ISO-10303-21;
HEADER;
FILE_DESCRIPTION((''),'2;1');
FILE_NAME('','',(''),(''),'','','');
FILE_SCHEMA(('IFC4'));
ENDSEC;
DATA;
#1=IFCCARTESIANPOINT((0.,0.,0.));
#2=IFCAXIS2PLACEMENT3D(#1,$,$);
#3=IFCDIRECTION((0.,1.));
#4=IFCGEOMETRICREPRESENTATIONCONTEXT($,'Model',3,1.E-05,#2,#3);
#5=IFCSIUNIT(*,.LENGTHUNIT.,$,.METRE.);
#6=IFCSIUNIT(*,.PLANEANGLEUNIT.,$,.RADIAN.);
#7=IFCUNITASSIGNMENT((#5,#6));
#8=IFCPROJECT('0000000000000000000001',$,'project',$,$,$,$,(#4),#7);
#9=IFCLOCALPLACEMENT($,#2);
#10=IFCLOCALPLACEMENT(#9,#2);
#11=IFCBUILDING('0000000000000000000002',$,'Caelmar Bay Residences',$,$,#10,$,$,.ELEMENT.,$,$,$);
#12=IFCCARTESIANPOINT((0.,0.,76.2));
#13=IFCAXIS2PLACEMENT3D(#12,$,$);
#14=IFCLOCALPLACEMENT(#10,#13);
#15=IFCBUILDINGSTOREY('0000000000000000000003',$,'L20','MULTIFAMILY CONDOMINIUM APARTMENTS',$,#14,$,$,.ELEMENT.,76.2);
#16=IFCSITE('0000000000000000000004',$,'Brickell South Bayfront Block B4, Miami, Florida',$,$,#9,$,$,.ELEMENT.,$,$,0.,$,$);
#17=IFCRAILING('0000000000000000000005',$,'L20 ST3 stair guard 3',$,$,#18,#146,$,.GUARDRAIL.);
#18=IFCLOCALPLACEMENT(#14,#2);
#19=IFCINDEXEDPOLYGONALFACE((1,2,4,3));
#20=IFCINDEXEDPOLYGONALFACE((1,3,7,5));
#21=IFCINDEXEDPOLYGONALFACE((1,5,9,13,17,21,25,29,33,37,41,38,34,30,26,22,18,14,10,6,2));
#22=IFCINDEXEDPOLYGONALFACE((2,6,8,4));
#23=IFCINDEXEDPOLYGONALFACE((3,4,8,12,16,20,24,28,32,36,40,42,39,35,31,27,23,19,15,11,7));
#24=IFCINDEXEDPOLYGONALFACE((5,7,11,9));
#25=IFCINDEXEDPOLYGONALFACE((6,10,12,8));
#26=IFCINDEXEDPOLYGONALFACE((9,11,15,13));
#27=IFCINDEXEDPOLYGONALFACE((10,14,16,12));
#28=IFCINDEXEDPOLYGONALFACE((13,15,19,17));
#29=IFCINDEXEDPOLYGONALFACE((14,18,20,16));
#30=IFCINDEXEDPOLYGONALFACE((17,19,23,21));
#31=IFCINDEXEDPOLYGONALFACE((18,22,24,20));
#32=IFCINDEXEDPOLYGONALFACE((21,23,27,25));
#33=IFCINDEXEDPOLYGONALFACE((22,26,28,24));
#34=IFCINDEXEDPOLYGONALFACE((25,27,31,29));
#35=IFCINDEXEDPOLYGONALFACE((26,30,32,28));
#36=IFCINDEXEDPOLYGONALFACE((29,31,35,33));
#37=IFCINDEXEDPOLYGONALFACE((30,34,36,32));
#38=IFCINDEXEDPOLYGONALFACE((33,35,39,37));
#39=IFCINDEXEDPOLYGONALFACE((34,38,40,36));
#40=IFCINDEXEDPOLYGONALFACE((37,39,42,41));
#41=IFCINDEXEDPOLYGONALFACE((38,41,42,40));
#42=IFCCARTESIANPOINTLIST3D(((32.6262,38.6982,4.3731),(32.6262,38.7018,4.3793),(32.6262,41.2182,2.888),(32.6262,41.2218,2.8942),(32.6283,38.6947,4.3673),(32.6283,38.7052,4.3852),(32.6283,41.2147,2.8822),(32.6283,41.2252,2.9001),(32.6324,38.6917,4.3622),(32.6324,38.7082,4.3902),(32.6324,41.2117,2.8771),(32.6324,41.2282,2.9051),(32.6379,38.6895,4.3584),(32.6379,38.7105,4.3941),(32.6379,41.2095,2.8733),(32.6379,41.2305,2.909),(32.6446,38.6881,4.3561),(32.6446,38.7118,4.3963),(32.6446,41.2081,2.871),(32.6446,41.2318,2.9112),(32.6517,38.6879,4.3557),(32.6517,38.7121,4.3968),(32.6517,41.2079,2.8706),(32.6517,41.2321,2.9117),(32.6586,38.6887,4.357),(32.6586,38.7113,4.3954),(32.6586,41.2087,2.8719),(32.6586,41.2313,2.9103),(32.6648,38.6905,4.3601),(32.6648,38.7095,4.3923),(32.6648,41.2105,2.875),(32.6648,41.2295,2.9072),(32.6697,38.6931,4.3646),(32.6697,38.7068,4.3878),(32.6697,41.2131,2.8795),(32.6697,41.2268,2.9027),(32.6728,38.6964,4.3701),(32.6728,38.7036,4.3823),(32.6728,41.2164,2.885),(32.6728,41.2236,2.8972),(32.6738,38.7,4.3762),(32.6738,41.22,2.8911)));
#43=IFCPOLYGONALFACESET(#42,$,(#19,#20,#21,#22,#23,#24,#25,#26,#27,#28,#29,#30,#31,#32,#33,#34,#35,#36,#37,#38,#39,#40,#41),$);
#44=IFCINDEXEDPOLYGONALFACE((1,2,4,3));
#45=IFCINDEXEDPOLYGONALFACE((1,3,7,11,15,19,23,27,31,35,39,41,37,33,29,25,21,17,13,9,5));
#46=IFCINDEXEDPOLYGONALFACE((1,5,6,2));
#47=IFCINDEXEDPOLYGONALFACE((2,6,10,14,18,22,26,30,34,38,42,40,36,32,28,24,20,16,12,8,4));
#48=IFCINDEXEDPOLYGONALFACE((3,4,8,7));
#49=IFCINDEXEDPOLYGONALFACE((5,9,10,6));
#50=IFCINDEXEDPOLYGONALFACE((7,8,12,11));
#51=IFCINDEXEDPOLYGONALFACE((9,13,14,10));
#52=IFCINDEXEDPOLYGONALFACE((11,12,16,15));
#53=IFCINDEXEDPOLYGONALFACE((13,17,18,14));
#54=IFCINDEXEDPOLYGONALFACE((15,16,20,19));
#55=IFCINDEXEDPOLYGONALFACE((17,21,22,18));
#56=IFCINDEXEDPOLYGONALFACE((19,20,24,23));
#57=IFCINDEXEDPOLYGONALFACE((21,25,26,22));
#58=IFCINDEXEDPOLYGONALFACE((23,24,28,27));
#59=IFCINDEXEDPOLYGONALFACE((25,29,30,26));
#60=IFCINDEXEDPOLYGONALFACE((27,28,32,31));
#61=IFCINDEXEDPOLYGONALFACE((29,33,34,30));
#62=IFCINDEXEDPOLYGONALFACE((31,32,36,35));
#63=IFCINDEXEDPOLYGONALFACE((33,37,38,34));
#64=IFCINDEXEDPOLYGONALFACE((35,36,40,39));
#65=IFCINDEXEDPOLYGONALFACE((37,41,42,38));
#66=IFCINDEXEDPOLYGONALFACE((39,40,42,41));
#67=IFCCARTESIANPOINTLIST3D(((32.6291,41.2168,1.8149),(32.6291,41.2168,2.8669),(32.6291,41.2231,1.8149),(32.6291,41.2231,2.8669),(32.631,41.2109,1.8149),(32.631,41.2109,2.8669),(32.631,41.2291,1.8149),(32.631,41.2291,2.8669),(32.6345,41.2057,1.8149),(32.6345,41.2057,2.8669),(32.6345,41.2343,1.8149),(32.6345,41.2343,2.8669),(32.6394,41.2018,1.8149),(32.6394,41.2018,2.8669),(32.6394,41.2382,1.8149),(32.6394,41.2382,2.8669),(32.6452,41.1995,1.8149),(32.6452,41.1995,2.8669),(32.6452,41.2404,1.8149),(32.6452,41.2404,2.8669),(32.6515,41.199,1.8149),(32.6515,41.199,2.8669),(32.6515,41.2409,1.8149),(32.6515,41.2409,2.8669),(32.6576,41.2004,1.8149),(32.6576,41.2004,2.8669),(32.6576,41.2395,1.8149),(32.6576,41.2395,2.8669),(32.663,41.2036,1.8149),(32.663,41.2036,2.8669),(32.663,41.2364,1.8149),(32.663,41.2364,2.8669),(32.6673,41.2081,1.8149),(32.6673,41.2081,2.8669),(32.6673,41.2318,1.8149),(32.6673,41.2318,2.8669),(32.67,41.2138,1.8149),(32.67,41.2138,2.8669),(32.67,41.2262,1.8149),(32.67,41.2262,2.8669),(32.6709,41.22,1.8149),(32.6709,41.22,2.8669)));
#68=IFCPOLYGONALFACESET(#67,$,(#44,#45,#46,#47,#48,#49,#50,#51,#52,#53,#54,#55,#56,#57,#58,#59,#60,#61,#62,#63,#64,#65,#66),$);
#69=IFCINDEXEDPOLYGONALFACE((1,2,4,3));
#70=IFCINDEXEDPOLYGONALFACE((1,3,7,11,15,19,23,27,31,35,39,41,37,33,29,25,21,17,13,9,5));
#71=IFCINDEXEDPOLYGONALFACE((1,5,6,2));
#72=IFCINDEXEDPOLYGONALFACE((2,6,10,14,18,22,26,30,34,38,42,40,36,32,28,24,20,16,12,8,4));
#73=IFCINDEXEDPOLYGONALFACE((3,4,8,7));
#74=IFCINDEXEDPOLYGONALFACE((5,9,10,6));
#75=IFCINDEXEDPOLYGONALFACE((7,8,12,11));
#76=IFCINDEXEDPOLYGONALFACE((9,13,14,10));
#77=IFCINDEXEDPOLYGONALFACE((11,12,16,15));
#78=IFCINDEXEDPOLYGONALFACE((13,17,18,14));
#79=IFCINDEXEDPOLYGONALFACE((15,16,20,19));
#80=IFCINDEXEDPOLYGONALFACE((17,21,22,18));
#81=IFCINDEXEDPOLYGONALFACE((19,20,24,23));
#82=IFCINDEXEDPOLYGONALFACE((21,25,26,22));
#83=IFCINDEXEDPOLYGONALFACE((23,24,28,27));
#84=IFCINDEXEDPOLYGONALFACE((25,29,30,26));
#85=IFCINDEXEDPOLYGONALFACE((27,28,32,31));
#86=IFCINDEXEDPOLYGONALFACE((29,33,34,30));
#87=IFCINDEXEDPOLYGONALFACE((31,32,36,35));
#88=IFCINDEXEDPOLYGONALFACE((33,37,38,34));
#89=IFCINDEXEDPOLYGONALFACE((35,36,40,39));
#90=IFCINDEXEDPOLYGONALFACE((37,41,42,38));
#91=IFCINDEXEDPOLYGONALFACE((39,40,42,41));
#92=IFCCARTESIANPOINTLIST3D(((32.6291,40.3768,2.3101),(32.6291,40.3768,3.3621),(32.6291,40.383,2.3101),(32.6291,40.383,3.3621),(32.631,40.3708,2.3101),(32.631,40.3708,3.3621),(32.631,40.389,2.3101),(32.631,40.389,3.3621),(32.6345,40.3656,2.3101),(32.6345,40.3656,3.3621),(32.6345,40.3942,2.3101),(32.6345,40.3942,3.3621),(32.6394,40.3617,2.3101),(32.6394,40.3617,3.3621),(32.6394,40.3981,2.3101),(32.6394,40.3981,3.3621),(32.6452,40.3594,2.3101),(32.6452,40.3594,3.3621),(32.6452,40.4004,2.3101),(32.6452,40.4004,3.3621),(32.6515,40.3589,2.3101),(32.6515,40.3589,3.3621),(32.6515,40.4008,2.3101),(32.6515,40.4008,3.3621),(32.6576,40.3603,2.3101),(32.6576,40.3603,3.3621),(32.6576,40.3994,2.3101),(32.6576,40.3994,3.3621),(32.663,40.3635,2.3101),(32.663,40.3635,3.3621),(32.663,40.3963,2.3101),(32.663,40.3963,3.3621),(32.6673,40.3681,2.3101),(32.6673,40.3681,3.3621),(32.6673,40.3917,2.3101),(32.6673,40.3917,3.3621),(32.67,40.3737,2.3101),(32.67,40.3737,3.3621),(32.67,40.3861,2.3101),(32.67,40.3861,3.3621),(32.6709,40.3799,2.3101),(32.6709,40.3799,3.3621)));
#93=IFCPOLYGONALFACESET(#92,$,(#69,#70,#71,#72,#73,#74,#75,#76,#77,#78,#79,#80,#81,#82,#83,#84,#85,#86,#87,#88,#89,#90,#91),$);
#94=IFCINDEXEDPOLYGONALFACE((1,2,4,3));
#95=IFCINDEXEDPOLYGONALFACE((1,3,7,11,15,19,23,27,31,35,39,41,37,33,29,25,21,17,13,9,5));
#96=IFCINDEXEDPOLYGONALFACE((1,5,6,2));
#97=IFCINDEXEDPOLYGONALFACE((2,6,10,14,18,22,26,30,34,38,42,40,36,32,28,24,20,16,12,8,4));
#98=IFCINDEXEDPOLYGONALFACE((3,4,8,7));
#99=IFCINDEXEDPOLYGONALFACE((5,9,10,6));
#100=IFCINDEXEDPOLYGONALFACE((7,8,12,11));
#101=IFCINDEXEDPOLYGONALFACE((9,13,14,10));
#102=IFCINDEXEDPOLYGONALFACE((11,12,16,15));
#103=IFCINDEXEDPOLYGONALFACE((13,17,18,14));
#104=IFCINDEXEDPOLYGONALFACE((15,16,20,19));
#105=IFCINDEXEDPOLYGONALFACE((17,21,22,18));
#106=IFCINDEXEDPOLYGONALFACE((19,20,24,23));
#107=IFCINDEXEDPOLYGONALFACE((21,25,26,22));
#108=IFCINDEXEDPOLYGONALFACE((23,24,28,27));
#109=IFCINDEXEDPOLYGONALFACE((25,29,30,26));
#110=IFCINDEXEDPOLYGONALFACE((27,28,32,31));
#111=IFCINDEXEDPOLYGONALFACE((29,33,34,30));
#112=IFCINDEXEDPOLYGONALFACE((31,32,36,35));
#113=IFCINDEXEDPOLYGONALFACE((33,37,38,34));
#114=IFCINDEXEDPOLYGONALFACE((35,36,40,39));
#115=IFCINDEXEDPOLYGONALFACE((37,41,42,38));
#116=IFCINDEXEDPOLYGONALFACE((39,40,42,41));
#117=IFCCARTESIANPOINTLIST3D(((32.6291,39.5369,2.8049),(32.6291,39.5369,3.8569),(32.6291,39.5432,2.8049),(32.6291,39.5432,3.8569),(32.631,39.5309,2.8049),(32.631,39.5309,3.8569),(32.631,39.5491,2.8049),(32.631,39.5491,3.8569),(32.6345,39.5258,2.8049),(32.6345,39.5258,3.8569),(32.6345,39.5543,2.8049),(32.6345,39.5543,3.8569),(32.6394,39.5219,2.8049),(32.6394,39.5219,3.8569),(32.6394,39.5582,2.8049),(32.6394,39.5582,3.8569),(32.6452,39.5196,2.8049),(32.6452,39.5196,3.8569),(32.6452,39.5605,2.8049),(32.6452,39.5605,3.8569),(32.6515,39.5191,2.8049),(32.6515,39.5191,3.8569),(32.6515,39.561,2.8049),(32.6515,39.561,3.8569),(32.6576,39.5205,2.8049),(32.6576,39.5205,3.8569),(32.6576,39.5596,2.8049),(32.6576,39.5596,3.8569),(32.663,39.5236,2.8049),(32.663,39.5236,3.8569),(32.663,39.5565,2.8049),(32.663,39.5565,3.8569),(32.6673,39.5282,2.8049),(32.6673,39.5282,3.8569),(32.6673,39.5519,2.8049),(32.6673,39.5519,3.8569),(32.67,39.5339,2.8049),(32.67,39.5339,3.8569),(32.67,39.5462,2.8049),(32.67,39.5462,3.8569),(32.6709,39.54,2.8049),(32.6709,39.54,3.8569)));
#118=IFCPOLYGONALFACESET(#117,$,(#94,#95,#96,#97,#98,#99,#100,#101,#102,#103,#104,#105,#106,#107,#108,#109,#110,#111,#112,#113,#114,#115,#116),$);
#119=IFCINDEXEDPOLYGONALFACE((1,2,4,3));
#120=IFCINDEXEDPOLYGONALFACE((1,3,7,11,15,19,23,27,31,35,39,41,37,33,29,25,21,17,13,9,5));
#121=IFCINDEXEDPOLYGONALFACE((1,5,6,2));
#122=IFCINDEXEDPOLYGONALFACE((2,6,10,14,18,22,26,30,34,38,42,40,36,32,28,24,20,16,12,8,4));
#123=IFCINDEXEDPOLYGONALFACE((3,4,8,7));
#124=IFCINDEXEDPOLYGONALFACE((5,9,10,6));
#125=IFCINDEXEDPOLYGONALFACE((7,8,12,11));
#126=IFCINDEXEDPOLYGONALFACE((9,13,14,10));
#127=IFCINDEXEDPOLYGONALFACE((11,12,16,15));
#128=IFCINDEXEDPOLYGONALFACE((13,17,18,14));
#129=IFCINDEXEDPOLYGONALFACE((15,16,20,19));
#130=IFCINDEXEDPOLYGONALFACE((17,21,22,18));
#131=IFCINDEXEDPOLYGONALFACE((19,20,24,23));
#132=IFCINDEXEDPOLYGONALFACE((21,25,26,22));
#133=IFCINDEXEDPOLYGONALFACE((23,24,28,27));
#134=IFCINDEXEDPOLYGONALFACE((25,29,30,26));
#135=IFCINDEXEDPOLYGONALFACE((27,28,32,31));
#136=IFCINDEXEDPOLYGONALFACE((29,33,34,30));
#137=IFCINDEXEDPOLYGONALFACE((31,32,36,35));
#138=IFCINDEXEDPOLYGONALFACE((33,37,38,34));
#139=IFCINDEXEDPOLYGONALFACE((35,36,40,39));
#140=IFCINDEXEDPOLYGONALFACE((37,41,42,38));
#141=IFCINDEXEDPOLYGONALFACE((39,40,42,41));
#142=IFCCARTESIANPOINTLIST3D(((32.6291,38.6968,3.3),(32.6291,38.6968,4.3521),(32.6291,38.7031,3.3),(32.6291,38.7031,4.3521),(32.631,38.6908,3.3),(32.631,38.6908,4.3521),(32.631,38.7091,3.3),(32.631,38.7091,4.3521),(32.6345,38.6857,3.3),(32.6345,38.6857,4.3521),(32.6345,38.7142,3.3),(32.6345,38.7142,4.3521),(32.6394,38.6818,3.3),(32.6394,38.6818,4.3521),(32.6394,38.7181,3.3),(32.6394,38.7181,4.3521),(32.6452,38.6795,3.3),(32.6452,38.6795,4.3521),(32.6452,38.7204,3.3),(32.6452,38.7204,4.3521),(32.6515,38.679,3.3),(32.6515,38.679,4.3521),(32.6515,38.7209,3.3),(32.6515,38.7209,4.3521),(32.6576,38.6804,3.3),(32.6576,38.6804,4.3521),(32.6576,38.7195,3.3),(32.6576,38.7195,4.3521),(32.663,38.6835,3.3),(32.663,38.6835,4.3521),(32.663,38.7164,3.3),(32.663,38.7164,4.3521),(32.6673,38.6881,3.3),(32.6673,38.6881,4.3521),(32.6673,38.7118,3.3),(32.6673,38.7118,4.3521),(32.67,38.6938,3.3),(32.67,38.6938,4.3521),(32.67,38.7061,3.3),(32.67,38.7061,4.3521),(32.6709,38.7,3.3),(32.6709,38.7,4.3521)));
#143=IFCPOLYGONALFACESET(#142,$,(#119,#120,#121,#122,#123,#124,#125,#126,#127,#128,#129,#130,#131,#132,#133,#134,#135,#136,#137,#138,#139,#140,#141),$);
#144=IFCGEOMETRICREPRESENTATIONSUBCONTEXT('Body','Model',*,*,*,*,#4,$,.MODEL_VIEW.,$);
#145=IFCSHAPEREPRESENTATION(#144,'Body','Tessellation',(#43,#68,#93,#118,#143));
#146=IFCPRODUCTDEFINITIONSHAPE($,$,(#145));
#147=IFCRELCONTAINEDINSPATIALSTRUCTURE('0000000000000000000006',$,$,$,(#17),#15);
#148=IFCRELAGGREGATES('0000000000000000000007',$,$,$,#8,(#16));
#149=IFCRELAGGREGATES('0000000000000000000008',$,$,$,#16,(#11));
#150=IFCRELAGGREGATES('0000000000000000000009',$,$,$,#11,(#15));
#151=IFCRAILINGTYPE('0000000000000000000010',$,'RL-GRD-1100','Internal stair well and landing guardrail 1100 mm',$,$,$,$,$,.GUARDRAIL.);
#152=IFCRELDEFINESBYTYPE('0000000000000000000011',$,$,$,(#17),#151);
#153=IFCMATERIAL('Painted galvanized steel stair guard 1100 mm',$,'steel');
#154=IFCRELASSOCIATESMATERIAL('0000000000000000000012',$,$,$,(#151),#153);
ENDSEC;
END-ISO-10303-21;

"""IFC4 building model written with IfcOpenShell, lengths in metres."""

from ifc_helpers import new_model, si_unit, direction, frame, origin, origin_2d, place, context, subcontext, project, spatial, circle, extrude, material, type_object, element, save


model = new_model("IFC4")

# Units and contexts
model_context = context("Model", 3, precision=1e-05, world=origin(), true_north=direction((0.0, 1.0)))
body_context = subcontext(model_context, "Body", "Model", "MODEL_VIEW")
ifc_project = project(units=[si_unit("LENGTHUNIT", "METRE"), si_unit("PLANEANGLEUNIT", "RADIAN")], contexts=[model_context])

# Site, building, storey
site_placement = place(None, origin())
site = spatial("IfcSite", under=ifc_project, at=site_placement, Name="Brickell South Bayfront Block B4, Miami, Florida", CompositionType="ELEMENT", RefElevation=0.0)
building_placement = place(site_placement, origin())
building = spatial("IfcBuilding", under=site, at=building_placement, Name="Caelmar Bay Residences", CompositionType="ELEMENT")
storey_placement = place(building_placement, frame((0.0, 0.0, 76.2)))
storey = spatial("IfcBuildingStorey", under=building, at=storey_placement, Name="L20", Description="MULTIFAMILY CONDOMINIUM APARTMENTS", CompositionType="ELEMENT", Elevation=76.2)

# Railing
ifc_material_1 = material(Name="Painted galvanized steel stair guard 1100 mm", Category="steel")
railing_type_1 = type_object("IfcRailingType", Name="RL-GRD-1100", Description="Internal stair well and landing guardrail 1100 mm", PredefinedType="GUARDRAIL", material=ifc_material_1)
railing_1_placement = place(storey_placement, frame((32.6499, 41.22, 1.8149)))
element("IfcRailing", 1, at=railing_1_placement, inside=storey, type_object=railing_type_1, Name="L20 ST3 stair guard 3", PredefinedType="GUARDRAIL", context=body_context, shape_type="SweptSolid", body=[
    extrude(circle(Radius=0.0239, at=origin_2d()), frame((0.0, 0.0, 1.0762), z_axis=(0.0, -0.861524, 0.507717), x_axis=(1.0, 0.0, 0.0)), (0.0, 0.0, 1.0), 2.925),
    extrude(circle(Radius=0.021, at=origin_2d()), origin(), (0.0, 0.0, 1.0), 1.052),
    extrude(circle(Radius=0.021, at=origin_2d()), frame((0.0, -0.8401, 0.4951)), (0.0, 0.0, 1.0), 1.052),
    extrude(circle(Radius=0.021, at=origin_2d()), frame((0.0, -1.6799, 0.99)), (0.0, 0.0, 1.0), 1.052),
    extrude(circle(Radius=0.021, at=origin_2d()), frame((0.0, -2.52, 1.4851)), (0.0, 0.0, 1.0), 1.052),
])

save(model, "model.ifc")
